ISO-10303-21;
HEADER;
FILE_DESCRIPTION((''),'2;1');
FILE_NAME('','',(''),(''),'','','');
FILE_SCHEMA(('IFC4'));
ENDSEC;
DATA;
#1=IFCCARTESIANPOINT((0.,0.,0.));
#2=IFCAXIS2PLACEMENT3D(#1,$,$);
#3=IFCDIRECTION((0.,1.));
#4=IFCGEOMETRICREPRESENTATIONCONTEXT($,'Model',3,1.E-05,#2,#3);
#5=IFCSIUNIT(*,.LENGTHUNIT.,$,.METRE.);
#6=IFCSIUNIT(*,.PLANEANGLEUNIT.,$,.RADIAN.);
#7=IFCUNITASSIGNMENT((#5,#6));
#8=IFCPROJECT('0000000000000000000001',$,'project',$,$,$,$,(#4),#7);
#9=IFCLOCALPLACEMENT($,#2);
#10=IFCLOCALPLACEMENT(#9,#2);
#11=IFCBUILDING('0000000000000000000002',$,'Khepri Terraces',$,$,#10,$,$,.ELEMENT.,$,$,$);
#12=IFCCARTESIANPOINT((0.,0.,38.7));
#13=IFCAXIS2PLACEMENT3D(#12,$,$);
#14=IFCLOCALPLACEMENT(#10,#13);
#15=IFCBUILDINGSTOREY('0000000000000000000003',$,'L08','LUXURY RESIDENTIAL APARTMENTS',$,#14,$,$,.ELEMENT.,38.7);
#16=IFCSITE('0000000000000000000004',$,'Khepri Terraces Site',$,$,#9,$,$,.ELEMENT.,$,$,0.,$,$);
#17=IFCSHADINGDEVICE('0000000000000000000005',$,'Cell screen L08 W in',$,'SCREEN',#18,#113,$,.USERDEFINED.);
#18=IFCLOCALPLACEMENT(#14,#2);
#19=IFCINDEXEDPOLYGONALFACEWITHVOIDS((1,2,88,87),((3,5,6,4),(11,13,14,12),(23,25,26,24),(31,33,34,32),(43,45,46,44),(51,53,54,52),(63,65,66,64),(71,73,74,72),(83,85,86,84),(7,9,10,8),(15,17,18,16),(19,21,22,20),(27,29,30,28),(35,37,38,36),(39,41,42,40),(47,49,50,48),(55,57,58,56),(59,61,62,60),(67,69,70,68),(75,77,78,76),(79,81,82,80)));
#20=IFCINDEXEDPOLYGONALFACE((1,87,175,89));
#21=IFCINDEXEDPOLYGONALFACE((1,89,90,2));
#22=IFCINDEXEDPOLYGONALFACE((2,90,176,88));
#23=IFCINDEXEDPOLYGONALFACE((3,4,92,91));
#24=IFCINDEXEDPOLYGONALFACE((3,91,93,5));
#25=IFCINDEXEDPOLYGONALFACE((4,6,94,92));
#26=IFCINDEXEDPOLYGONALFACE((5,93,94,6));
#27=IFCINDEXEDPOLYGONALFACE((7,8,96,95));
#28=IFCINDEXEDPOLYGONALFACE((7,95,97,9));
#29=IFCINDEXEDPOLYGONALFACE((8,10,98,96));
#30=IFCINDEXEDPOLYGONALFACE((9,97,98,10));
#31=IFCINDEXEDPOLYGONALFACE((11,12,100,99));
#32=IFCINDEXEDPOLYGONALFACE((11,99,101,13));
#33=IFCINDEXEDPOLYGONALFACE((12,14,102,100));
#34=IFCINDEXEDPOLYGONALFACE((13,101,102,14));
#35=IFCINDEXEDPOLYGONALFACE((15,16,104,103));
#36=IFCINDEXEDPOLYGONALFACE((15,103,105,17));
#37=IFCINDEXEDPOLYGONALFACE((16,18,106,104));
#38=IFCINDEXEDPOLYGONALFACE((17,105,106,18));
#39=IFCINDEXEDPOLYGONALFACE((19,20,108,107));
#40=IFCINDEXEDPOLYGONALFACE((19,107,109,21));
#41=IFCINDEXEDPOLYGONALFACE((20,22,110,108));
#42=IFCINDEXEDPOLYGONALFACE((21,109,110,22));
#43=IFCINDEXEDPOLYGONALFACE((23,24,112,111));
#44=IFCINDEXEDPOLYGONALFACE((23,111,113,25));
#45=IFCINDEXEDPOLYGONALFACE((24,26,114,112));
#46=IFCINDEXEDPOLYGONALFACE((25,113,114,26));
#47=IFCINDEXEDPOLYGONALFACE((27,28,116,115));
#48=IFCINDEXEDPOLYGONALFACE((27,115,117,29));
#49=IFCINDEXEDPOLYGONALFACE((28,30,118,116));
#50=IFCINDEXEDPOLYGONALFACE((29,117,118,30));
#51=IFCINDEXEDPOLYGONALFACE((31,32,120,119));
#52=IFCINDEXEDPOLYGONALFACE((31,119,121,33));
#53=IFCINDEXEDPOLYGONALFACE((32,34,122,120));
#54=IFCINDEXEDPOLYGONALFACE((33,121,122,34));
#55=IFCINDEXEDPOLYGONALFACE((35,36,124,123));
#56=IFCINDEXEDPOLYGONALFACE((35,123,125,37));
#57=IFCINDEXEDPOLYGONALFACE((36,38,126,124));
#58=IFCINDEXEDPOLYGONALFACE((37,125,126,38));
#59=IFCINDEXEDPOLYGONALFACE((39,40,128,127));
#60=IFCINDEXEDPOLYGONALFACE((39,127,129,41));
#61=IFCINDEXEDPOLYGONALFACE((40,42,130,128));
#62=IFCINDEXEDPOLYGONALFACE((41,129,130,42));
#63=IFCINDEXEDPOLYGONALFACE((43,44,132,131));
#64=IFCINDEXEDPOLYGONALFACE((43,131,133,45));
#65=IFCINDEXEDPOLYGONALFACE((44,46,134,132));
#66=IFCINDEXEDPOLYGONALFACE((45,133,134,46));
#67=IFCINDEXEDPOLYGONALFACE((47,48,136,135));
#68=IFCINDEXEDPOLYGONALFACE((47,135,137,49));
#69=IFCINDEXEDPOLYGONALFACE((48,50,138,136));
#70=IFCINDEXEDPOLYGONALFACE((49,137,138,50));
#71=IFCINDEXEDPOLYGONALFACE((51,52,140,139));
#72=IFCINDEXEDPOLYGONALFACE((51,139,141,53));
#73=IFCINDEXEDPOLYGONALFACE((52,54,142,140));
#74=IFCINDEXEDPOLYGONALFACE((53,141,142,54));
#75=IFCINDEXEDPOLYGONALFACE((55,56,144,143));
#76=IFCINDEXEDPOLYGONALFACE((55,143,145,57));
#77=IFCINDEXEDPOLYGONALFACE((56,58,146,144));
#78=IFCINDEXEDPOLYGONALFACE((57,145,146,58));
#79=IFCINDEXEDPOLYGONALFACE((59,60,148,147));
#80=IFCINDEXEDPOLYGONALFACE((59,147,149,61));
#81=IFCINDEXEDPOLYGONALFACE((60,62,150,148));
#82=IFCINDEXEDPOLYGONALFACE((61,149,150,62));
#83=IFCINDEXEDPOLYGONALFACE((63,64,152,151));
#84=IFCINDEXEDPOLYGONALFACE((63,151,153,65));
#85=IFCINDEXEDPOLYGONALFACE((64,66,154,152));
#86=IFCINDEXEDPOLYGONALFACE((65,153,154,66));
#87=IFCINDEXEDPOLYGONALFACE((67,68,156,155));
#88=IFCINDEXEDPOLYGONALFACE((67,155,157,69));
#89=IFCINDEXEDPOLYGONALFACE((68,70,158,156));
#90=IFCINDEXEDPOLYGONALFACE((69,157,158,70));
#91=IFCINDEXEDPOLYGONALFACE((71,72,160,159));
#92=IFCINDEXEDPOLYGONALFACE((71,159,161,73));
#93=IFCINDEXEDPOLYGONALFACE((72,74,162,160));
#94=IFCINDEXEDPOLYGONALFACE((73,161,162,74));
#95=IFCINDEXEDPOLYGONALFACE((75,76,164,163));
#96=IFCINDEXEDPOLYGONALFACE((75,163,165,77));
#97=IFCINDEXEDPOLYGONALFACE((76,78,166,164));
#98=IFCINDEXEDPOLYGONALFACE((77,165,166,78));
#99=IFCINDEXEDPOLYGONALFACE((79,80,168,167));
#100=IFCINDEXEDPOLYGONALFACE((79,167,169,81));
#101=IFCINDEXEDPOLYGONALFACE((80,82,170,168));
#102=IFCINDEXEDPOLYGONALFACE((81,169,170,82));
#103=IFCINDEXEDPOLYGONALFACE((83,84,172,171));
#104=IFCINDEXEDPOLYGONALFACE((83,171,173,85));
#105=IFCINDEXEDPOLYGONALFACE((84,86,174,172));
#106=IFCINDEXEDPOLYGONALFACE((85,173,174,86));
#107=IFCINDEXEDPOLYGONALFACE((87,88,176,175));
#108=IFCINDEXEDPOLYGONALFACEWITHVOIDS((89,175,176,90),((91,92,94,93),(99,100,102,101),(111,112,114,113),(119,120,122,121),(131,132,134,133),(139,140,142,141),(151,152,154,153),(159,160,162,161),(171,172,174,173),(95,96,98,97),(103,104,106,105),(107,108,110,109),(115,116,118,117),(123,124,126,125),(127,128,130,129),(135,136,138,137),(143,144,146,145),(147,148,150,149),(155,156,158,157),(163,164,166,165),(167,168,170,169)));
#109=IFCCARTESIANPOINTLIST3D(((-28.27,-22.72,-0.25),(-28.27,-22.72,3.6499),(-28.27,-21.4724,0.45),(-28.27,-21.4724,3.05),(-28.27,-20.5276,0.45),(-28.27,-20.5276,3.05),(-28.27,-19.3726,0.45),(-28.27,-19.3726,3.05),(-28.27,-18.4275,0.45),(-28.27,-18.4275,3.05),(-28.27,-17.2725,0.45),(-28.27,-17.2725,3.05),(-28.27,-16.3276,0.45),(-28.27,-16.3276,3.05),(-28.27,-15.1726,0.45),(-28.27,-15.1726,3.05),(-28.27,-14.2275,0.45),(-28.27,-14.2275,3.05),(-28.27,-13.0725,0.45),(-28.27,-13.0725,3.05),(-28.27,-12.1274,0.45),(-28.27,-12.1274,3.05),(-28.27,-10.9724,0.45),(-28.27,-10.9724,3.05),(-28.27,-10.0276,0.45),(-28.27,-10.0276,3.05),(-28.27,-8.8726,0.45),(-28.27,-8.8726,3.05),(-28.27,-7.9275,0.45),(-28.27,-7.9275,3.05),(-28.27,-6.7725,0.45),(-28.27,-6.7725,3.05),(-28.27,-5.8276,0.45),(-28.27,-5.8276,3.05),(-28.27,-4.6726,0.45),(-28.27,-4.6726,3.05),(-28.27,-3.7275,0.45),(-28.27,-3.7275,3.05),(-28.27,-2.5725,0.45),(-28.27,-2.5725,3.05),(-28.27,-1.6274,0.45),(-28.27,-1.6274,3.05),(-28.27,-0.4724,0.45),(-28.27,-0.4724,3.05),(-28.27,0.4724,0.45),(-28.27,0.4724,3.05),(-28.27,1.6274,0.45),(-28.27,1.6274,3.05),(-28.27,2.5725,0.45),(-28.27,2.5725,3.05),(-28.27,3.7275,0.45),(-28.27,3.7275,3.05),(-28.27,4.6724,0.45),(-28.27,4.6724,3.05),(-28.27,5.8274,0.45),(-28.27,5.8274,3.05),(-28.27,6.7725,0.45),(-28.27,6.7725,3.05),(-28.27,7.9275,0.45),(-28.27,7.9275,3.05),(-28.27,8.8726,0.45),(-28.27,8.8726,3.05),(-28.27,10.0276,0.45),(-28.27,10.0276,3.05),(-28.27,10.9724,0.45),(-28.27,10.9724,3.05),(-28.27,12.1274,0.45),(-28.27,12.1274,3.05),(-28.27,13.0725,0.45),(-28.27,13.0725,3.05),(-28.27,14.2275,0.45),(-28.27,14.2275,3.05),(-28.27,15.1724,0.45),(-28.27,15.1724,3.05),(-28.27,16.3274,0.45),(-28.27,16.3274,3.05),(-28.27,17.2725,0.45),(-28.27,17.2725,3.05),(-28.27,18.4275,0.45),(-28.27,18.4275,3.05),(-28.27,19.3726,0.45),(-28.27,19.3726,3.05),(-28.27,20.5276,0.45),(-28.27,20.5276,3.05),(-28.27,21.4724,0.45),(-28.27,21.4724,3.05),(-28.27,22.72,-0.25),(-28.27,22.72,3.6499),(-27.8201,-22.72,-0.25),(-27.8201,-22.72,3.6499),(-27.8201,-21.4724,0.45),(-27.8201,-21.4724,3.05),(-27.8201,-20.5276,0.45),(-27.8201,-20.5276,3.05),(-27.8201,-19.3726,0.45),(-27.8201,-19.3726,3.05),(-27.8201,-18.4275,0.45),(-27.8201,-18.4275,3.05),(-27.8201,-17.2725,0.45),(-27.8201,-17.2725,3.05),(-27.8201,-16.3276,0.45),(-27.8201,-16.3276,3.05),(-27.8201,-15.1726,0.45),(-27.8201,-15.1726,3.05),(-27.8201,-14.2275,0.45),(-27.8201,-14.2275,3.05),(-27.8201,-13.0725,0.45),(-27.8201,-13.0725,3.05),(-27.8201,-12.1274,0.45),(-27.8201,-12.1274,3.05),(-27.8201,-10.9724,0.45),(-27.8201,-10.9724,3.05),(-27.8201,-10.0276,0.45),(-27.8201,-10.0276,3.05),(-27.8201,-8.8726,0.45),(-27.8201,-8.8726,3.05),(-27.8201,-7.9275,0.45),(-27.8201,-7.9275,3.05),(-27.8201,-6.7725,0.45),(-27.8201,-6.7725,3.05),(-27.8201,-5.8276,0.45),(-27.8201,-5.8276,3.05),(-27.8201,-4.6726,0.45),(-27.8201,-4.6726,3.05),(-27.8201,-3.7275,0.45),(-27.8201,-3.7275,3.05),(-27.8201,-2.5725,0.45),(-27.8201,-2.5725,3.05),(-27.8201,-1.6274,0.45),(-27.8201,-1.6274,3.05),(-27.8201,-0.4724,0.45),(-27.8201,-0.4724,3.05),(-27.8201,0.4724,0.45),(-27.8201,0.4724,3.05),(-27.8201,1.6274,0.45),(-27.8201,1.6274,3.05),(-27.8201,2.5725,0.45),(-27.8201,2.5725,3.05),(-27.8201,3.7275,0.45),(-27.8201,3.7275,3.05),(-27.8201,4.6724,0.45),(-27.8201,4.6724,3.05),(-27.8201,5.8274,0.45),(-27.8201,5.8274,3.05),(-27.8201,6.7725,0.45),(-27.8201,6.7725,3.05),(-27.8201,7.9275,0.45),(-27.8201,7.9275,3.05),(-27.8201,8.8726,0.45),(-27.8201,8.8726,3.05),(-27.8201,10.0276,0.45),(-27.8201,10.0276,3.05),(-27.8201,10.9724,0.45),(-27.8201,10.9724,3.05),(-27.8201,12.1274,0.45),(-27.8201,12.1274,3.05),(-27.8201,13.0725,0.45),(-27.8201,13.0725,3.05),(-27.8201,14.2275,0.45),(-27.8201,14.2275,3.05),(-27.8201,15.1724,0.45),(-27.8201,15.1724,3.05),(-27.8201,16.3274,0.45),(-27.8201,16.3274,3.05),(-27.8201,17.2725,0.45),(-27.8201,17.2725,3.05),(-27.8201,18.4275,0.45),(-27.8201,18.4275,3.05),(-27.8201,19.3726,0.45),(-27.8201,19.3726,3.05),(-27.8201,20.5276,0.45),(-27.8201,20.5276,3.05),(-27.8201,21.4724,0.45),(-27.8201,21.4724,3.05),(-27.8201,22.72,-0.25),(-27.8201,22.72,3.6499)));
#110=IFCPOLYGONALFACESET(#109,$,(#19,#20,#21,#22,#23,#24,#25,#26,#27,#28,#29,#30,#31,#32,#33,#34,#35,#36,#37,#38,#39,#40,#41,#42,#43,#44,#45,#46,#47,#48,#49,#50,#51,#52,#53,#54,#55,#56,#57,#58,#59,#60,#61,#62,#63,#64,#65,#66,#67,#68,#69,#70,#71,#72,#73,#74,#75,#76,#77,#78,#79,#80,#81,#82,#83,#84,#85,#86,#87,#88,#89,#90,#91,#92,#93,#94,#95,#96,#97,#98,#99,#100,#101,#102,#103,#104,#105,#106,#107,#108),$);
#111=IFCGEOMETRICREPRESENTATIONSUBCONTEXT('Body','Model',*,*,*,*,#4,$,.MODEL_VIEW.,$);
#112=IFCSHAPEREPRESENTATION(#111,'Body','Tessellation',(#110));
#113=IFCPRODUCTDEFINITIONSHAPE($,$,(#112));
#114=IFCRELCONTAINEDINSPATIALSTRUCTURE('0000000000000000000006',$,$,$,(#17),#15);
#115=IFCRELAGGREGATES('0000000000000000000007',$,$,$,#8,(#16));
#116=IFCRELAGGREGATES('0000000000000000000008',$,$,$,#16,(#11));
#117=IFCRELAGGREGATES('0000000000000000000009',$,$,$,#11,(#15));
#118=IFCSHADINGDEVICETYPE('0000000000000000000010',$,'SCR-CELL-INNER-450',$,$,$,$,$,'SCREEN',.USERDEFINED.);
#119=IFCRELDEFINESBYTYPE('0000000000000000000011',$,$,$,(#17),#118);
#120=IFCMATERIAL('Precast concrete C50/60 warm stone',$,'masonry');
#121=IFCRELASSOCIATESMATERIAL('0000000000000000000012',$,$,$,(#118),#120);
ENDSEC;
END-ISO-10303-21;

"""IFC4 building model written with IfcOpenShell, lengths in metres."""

from ifc_helpers import new_model, si_unit, direction, frame, origin, place, context, subcontext, project, spatial, polyline, outline, extrude, material, type_object, element, save


model = new_model("IFC4")

# Units and contexts
model_context = context("Model", 3, precision=1e-05, world=origin(), true_north=direction((0.0, 1.0)))
body_context = subcontext(model_context, "Body", "Model", "MODEL_VIEW")
ifc_project = project(units=[si_unit("LENGTHUNIT", "METRE"), si_unit("PLANEANGLEUNIT", "RADIAN")], contexts=[model_context])

# Site, building, storey
site_placement = place(None, origin())
site = spatial("IfcSite", under=ifc_project, at=site_placement, Name="Khepri Terraces Site", CompositionType="ELEMENT", RefElevation=0.0)
building_placement = place(site_placement, origin())
building = spatial("IfcBuilding", under=site, at=building_placement, Name="Khepri Terraces", CompositionType="ELEMENT")
storey_placement = place(building_placement, frame((0.0, 0.0, 38.7)))
storey = spatial("IfcBuildingStorey", under=building, at=storey_placement, Name="L08", Description="LUXURY RESIDENTIAL APARTMENTS", CompositionType="ELEMENT", Elevation=38.7)

# Shared definitions
ifc_material_1 = material(Name="Precast concrete C50/60 warm stone", Category="masonry")

# Shading device
shading_device_type_1 = type_object("IfcShadingDeviceType", Name="SCR-CELL-INNER-450", ElementType="SCREEN", PredefinedType="USERDEFINED", material=ifc_material_1)
shading_device_1_placement = place(storey_placement, frame((-27.8201, 22.72, -0.25), z_axis=(-1.0, 0.0, 0.0), x_axis=(0.0, -1.0, 0.0)))
element("IfcShadingDevice", 1, at=shading_device_1_placement, inside=storey, type_object=shading_device_type_1, Name="Cell screen L08 W in", ObjectType="SCREEN", PredefinedType="USERDEFINED", context=body_context, shape_type="SweptSolid", body=[
    extrude(outline(polyline([(0.0, 0.0), (45.4399, 0.0), (45.4399, 3.8999), (0.0, 3.8999), (0.0, 0.0)]), holes=[polyline([(1.2476, 0.7), (2.1924, 0.7), (2.1924, 3.3), (1.2476, 3.3), (1.2476, 0.7)]), polyline([(3.3474, 0.7), (4.2925, 0.7), (4.2925, 3.3), (3.3474, 3.3), (3.3474, 0.7)]), polyline([(5.4475, 0.7), (6.3926, 0.7), (6.3926, 3.3), (5.4475, 3.3), (5.4475, 0.7)]), polyline([(7.5476, 0.7), (8.4924, 0.7), (8.4924, 3.3), (7.5476, 3.3), (7.5476, 0.7)]), polyline([(9.6475, 0.7), (10.5925, 0.7), (10.5925, 3.3), (9.6475, 3.3), (9.6475, 0.7)]), polyline([(11.7476, 0.7), (12.6924, 0.7), (12.6924, 3.3), (11.7476, 3.3), (11.7476, 0.7)]), polyline([(13.8474, 0.7), (14.7925, 0.7), (14.7925, 3.3), (13.8474, 3.3), (13.8474, 0.7)]), polyline([(15.9475, 0.7), (16.8926, 0.7), (16.8926, 3.3), (15.9475, 3.3), (15.9475, 0.7)]), polyline([(18.0476, 0.7), (18.9924, 0.7), (18.9924, 3.3), (18.0476, 3.3), (18.0476, 0.7)]), polyline([(20.1475, 0.7), (21.0925, 0.7), (21.0925, 3.3), (20.1475, 3.3), (20.1475, 0.7)]), polyline([(22.2476, 0.7), (23.1924, 0.7), (23.1924, 3.3), (22.2476, 3.3), (22.2476, 0.7)]), polyline([(24.3474, 0.7), (25.2925, 0.7), (25.2925, 3.3), (24.3474, 3.3), (24.3474, 0.7)]), polyline([(26.4475, 0.7), (27.3926, 0.7), (27.3926, 3.3), (26.4475, 3.3), (26.4475, 0.7)]), polyline([(28.5476, 0.7), (29.4924, 0.7), (29.4924, 3.3), (28.5476, 3.3), (28.5476, 0.7)]), polyline([(30.6475, 0.7), (31.5925, 0.7), (31.5925, 3.3), (30.6475, 3.3), (30.6475, 0.7)]), polyline([(32.7476, 0.7), (33.6924, 0.7), (33.6924, 3.3), (32.7476, 3.3), (32.7476, 0.7)]), polyline([(34.8474, 0.7), (35.7925, 0.7), (35.7925, 3.3), (34.8474, 3.3), (34.8474, 0.7)]), polyline([(36.9475, 0.7), (37.8926, 0.7), (37.8926, 3.3), (36.9475, 3.3), (36.9475, 0.7)]), polyline([(39.0476, 0.7), (39.9924, 0.7), (39.9924, 3.3), (39.0476, 3.3), (39.0476, 0.7)]), polyline([(41.1475, 0.7), (42.0925, 0.7), (42.0925, 3.3), (41.1475, 3.3), (41.1475, 0.7)]), polyline([(43.2476, 0.7), (44.1924, 0.7), (44.1924, 3.3), (43.2476, 3.3), (43.2476, 0.7)])]), origin(), (0.0, 0.0, 1.0), 0.45),
])

save(model, "model.ifc")
